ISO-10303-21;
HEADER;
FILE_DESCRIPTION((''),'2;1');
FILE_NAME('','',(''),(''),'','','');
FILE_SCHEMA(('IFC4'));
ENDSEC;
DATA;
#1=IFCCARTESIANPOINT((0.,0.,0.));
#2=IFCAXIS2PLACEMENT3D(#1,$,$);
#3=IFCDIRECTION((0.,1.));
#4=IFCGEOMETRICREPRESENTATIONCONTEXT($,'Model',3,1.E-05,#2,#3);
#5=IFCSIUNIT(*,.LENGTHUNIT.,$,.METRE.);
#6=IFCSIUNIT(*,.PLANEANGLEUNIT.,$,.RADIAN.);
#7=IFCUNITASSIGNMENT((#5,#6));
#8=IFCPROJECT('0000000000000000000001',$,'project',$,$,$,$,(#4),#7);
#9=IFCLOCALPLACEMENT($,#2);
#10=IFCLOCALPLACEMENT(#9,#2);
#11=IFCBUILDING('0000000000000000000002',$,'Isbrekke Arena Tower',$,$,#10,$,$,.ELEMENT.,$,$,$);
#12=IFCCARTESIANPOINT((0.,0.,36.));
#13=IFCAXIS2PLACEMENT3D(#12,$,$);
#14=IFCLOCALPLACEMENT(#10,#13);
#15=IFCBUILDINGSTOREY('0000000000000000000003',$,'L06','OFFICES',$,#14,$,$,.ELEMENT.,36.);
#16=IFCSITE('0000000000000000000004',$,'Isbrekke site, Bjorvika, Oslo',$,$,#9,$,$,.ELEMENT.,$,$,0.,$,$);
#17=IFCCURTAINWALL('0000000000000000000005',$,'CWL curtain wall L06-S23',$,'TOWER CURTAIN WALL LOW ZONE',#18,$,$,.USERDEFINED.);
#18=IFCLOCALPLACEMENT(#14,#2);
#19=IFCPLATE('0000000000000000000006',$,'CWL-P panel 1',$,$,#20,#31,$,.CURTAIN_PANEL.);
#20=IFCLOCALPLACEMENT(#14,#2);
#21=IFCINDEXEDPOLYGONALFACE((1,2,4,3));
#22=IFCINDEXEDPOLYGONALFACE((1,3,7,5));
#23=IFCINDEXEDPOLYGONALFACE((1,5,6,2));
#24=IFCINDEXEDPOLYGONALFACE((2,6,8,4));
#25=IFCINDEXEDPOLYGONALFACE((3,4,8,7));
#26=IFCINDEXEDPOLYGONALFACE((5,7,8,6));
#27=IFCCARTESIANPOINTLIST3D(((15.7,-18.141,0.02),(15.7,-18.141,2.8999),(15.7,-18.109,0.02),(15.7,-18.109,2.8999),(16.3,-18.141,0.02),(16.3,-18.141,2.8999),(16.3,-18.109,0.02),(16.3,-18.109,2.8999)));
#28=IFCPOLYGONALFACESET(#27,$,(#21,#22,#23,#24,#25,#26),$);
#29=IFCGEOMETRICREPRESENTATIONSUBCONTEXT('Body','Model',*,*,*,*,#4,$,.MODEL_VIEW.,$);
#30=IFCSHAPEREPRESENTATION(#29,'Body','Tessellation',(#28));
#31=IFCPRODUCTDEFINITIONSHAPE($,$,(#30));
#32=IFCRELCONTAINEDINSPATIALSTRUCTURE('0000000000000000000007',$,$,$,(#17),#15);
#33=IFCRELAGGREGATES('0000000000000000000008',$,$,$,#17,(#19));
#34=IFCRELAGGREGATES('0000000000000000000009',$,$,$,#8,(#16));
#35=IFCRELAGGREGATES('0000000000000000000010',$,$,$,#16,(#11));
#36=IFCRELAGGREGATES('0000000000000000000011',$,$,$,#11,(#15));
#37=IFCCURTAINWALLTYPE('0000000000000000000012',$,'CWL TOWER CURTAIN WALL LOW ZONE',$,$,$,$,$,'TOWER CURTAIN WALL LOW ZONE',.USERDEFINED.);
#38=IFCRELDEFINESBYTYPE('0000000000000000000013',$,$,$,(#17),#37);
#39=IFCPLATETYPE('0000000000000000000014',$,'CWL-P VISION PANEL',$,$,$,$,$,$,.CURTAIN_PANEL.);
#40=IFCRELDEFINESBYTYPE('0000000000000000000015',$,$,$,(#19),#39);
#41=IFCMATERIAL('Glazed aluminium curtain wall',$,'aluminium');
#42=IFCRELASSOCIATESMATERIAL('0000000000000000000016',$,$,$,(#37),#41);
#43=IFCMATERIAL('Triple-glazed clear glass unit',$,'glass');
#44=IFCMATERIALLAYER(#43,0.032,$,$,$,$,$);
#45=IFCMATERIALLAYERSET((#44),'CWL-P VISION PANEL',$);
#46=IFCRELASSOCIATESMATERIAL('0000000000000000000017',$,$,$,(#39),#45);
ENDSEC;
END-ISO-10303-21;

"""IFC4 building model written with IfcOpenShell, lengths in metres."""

from ifc_helpers import new_model, si_unit, direction, frame, origin, origin_2d, place, context, subcontext, project, spatial, rectangle, extrude, material, layer, layer_set, type_object, element, aggregate, save


model = new_model("IFC4")

# Units and contexts
model_context = context("Model", 3, precision=1e-05, world=origin(), true_north=direction((0.0, 1.0)))
body_context = subcontext(model_context, "Body", "Model", "MODEL_VIEW")
ifc_project = project(units=[si_unit("LENGTHUNIT", "METRE"), si_unit("PLANEANGLEUNIT", "RADIAN")], contexts=[model_context])

# Site, building, storey
site_placement = place(None, origin())
site = spatial("IfcSite", under=ifc_project, at=site_placement, Name="Isbrekke site, Bjorvika, Oslo", CompositionType="ELEMENT", RefElevation=0.0)
building_placement = place(site_placement, origin())
building = spatial("IfcBuilding", under=site, at=building_placement, Name="Isbrekke Arena Tower", CompositionType="ELEMENT")
storey_placement = place(building_placement, frame((0.0, 0.0, 36.0)))
storey = spatial("IfcBuildingStorey", under=building, at=storey_placement, Name="L06", Description="OFFICES", CompositionType="ELEMENT", Elevation=36.0)

# Shared definitions
ifc_material_1 = material(Name="Glazed aluminium curtain wall", Category="aluminium")
curtain_wall_type = type_object("IfcCurtainWallType", Name="CWL TOWER CURTAIN WALL LOW ZONE", ElementType="TOWER CURTAIN WALL LOW ZONE", PredefinedType="USERDEFINED", material=ifc_material_1)

# Curtain wall
curtain_wall_1_placement = place(storey_placement, origin())
curtain_wall_1 = element("IfcCurtainWall", 1, at=curtain_wall_1_placement, inside=storey, type_object=curtain_wall_type, Name="CWL curtain wall L06-S23", ObjectType="TOWER CURTAIN WALL LOW ZONE", PredefinedType="USERDEFINED")

# Plate
ifc_material_2 = material(Name="Triple-glazed clear glass unit", Category="glass")
ifc_layer = layer(ifc_material_2, 0.032)
ifc_layer_set = layer_set([ifc_layer], Name="CWL-P VISION PANEL")
plate_type = type_object("IfcPlateType", Name="CWL-P VISION PANEL", PredefinedType="CURTAIN_PANEL", material=ifc_layer_set)
plate_1_placement = place(storey_placement, frame((16.0, -18.125, 0.02), z_axis=(0.0, 0.0, 1.0), x_axis=(1.0, 0.0, 0.0)))
plate_1 = element("IfcPlate", 2, at=plate_1_placement, type_object=plate_type, Name="CWL-P panel 1", PredefinedType="CURTAIN_PANEL", context=body_context, shape_type="SweptSolid", body=[
    extrude(rectangle(XDim=0.6001, YDim=0.032, at=origin_2d()), origin(), (0.0, 0.0, 1.0), 2.8799),
])
aggregate(curtain_wall_1, [plate_1])

save(model, "model.ifc")
